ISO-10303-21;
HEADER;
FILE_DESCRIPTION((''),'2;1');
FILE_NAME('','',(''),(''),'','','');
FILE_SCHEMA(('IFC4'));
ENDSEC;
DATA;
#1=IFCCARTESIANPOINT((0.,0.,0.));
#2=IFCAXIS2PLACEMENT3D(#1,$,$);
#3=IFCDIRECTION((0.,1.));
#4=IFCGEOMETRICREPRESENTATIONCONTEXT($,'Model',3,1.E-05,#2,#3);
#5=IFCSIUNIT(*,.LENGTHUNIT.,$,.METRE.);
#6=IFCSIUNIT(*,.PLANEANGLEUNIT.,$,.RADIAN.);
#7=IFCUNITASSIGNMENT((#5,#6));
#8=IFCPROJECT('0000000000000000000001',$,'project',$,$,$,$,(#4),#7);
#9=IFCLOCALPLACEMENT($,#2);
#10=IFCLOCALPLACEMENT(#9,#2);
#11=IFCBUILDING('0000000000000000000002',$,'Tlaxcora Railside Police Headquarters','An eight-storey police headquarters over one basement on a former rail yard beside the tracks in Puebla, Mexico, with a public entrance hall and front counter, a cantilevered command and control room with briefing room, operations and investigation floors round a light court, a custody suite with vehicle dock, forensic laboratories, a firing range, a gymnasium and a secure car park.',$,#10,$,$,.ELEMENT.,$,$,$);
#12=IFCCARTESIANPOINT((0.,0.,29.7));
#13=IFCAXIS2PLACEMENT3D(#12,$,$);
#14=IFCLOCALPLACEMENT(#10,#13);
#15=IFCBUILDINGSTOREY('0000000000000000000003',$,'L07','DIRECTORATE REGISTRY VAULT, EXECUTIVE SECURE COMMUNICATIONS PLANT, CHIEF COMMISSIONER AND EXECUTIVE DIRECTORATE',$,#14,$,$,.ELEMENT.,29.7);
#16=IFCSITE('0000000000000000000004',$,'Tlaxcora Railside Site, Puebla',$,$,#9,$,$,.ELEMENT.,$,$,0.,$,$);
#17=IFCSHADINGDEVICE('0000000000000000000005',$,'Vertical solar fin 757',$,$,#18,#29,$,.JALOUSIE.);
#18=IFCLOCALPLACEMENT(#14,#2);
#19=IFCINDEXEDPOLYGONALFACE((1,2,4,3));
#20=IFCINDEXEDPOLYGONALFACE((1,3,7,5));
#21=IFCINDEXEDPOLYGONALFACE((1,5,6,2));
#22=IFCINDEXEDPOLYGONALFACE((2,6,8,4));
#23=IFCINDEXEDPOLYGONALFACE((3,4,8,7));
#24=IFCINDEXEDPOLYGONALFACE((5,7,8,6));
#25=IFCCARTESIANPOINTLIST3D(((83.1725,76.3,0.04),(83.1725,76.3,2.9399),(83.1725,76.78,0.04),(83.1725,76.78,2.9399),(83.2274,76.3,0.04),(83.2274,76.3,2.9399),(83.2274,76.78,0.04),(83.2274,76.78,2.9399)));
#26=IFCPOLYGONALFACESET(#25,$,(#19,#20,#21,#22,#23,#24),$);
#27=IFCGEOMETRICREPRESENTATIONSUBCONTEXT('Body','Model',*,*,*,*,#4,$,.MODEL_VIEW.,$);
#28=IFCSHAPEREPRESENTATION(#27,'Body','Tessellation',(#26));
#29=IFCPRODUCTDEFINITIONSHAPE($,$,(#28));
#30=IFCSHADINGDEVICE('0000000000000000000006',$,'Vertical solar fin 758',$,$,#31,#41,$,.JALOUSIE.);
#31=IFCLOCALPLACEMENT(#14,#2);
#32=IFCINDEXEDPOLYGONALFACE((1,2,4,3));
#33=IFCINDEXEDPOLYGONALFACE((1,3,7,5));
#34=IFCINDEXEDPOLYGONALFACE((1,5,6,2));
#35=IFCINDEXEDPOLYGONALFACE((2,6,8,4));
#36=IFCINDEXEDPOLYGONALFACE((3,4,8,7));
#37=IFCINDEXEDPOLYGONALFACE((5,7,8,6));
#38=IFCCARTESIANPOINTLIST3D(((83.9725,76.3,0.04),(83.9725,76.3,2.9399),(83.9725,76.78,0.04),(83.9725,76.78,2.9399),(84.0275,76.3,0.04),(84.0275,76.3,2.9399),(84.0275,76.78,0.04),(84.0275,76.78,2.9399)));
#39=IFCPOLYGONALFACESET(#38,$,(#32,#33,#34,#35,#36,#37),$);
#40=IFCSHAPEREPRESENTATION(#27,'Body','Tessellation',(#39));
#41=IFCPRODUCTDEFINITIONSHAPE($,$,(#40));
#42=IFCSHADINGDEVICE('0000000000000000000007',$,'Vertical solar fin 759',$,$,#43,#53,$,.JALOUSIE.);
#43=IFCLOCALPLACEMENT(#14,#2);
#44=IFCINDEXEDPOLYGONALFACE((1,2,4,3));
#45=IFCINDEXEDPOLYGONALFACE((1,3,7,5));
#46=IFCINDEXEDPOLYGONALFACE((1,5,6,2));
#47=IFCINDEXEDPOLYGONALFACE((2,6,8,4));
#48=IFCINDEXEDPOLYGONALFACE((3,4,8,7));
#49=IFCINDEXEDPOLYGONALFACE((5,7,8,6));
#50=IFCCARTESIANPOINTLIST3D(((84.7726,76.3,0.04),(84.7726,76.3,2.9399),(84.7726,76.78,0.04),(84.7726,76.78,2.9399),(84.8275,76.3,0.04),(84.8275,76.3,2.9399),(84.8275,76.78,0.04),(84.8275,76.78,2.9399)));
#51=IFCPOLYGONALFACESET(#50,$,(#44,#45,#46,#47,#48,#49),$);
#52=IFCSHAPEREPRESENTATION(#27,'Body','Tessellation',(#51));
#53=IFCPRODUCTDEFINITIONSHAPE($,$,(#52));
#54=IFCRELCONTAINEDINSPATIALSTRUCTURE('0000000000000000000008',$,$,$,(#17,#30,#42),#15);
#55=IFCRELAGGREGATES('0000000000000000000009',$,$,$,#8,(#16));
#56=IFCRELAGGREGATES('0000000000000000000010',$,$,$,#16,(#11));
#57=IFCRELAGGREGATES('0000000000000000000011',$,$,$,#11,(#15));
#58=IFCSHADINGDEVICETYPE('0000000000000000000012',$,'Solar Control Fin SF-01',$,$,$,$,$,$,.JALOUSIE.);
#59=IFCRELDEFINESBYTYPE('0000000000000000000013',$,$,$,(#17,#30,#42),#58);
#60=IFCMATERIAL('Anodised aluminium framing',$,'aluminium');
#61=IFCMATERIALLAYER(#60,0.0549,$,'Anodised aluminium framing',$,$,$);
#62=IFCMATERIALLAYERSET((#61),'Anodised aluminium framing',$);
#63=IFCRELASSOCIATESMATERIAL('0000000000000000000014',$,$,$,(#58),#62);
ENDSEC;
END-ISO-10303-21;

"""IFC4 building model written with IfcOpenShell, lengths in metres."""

from ifc_helpers import new_model, si_unit, direction, frame, origin, origin_2d, place, context, subcontext, project, spatial, rectangle, extrude, material, layer, layer_set, type_object, element, save


model = new_model("IFC4")

# Units and contexts
model_context = context("Model", 3, precision=1e-05, world=origin(), true_north=direction((0.0, 1.0)))
body_context = subcontext(model_context, "Body", "Model", "MODEL_VIEW")
ifc_project = project(units=[si_unit("LENGTHUNIT", "METRE"), si_unit("PLANEANGLEUNIT", "RADIAN")], contexts=[model_context])

# Site, building, storey
site_placement = place(None, origin())
site = spatial("IfcSite", under=ifc_project, at=site_placement, Name="Tlaxcora Railside Site, Puebla", CompositionType="ELEMENT", RefElevation=0.0)
building_placement = place(site_placement, origin())
building = spatial("IfcBuilding", under=site, at=building_placement, Name="Tlaxcora Railside Police Headquarters", Description="An eight-storey police headquarters over one basement on a former rail yard beside the tracks in Puebla, Mexico, with a public entrance hall and front counter, a cantilevered command and control room with briefing room, operations and investigation floors round a light court, a custody suite with vehicle dock, forensic laboratories, a firing range, a gymnasium and a secure car park.", CompositionType="ELEMENT")
storey_placement = place(building_placement, frame((0.0, 0.0, 29.7)))
storey = spatial("IfcBuildingStorey", under=building, at=storey_placement, Name="L07", Description="DIRECTORATE REGISTRY VAULT, EXECUTIVE SECURE COMMUNICATIONS PLANT, CHIEF COMMISSIONER AND EXECUTIVE DIRECTORATE", CompositionType="ELEMENT", Elevation=29.7)

# Shared definitions
ifc_material_1 = material(Name="Anodised aluminium framing", Category="aluminium")

# Shading devices
ifc_layer_1 = layer(ifc_material_1, 0.0549, Name="Anodised aluminium framing")
ifc_layer_set_1 = layer_set([ifc_layer_1], Name="Anodised aluminium framing")
shading_device_type = type_object("IfcShadingDeviceType", Name="Solar Control Fin SF-01", PredefinedType="JALOUSIE", material=ifc_layer_set_1)
for number, where, z_axis, x_axis, name in (
    (1, (83.2, 76.54, 0.04), (0.0, 0.0, 1.0), (0.0, -1.0, 0.0), "Vertical solar fin 757"),
    (2, (84.0, 76.54, 0.04), (0.0, 0.0, 1.0), (0.0, -1.0, 0.0), "Vertical solar fin 758"),
    (3, (84.8, 76.54, 0.04), (0.0, 0.0, 1.0), (0.0, -1.0, 0.0), "Vertical solar fin 759"),
):
    element("IfcShadingDevice", number, at=place(storey_placement, frame(where, z_axis=z_axis, x_axis=x_axis)), inside=storey, type_object=shading_device_type, Name=name, PredefinedType="JALOUSIE", context=body_context, shape_type="SweptSolid", body=[
        extrude(rectangle(XDim=0.48, YDim=0.0549, at=origin_2d()), origin(), (0.0, 0.0, 1.0), 2.8999),
    ])

save(model, "model.ifc")
